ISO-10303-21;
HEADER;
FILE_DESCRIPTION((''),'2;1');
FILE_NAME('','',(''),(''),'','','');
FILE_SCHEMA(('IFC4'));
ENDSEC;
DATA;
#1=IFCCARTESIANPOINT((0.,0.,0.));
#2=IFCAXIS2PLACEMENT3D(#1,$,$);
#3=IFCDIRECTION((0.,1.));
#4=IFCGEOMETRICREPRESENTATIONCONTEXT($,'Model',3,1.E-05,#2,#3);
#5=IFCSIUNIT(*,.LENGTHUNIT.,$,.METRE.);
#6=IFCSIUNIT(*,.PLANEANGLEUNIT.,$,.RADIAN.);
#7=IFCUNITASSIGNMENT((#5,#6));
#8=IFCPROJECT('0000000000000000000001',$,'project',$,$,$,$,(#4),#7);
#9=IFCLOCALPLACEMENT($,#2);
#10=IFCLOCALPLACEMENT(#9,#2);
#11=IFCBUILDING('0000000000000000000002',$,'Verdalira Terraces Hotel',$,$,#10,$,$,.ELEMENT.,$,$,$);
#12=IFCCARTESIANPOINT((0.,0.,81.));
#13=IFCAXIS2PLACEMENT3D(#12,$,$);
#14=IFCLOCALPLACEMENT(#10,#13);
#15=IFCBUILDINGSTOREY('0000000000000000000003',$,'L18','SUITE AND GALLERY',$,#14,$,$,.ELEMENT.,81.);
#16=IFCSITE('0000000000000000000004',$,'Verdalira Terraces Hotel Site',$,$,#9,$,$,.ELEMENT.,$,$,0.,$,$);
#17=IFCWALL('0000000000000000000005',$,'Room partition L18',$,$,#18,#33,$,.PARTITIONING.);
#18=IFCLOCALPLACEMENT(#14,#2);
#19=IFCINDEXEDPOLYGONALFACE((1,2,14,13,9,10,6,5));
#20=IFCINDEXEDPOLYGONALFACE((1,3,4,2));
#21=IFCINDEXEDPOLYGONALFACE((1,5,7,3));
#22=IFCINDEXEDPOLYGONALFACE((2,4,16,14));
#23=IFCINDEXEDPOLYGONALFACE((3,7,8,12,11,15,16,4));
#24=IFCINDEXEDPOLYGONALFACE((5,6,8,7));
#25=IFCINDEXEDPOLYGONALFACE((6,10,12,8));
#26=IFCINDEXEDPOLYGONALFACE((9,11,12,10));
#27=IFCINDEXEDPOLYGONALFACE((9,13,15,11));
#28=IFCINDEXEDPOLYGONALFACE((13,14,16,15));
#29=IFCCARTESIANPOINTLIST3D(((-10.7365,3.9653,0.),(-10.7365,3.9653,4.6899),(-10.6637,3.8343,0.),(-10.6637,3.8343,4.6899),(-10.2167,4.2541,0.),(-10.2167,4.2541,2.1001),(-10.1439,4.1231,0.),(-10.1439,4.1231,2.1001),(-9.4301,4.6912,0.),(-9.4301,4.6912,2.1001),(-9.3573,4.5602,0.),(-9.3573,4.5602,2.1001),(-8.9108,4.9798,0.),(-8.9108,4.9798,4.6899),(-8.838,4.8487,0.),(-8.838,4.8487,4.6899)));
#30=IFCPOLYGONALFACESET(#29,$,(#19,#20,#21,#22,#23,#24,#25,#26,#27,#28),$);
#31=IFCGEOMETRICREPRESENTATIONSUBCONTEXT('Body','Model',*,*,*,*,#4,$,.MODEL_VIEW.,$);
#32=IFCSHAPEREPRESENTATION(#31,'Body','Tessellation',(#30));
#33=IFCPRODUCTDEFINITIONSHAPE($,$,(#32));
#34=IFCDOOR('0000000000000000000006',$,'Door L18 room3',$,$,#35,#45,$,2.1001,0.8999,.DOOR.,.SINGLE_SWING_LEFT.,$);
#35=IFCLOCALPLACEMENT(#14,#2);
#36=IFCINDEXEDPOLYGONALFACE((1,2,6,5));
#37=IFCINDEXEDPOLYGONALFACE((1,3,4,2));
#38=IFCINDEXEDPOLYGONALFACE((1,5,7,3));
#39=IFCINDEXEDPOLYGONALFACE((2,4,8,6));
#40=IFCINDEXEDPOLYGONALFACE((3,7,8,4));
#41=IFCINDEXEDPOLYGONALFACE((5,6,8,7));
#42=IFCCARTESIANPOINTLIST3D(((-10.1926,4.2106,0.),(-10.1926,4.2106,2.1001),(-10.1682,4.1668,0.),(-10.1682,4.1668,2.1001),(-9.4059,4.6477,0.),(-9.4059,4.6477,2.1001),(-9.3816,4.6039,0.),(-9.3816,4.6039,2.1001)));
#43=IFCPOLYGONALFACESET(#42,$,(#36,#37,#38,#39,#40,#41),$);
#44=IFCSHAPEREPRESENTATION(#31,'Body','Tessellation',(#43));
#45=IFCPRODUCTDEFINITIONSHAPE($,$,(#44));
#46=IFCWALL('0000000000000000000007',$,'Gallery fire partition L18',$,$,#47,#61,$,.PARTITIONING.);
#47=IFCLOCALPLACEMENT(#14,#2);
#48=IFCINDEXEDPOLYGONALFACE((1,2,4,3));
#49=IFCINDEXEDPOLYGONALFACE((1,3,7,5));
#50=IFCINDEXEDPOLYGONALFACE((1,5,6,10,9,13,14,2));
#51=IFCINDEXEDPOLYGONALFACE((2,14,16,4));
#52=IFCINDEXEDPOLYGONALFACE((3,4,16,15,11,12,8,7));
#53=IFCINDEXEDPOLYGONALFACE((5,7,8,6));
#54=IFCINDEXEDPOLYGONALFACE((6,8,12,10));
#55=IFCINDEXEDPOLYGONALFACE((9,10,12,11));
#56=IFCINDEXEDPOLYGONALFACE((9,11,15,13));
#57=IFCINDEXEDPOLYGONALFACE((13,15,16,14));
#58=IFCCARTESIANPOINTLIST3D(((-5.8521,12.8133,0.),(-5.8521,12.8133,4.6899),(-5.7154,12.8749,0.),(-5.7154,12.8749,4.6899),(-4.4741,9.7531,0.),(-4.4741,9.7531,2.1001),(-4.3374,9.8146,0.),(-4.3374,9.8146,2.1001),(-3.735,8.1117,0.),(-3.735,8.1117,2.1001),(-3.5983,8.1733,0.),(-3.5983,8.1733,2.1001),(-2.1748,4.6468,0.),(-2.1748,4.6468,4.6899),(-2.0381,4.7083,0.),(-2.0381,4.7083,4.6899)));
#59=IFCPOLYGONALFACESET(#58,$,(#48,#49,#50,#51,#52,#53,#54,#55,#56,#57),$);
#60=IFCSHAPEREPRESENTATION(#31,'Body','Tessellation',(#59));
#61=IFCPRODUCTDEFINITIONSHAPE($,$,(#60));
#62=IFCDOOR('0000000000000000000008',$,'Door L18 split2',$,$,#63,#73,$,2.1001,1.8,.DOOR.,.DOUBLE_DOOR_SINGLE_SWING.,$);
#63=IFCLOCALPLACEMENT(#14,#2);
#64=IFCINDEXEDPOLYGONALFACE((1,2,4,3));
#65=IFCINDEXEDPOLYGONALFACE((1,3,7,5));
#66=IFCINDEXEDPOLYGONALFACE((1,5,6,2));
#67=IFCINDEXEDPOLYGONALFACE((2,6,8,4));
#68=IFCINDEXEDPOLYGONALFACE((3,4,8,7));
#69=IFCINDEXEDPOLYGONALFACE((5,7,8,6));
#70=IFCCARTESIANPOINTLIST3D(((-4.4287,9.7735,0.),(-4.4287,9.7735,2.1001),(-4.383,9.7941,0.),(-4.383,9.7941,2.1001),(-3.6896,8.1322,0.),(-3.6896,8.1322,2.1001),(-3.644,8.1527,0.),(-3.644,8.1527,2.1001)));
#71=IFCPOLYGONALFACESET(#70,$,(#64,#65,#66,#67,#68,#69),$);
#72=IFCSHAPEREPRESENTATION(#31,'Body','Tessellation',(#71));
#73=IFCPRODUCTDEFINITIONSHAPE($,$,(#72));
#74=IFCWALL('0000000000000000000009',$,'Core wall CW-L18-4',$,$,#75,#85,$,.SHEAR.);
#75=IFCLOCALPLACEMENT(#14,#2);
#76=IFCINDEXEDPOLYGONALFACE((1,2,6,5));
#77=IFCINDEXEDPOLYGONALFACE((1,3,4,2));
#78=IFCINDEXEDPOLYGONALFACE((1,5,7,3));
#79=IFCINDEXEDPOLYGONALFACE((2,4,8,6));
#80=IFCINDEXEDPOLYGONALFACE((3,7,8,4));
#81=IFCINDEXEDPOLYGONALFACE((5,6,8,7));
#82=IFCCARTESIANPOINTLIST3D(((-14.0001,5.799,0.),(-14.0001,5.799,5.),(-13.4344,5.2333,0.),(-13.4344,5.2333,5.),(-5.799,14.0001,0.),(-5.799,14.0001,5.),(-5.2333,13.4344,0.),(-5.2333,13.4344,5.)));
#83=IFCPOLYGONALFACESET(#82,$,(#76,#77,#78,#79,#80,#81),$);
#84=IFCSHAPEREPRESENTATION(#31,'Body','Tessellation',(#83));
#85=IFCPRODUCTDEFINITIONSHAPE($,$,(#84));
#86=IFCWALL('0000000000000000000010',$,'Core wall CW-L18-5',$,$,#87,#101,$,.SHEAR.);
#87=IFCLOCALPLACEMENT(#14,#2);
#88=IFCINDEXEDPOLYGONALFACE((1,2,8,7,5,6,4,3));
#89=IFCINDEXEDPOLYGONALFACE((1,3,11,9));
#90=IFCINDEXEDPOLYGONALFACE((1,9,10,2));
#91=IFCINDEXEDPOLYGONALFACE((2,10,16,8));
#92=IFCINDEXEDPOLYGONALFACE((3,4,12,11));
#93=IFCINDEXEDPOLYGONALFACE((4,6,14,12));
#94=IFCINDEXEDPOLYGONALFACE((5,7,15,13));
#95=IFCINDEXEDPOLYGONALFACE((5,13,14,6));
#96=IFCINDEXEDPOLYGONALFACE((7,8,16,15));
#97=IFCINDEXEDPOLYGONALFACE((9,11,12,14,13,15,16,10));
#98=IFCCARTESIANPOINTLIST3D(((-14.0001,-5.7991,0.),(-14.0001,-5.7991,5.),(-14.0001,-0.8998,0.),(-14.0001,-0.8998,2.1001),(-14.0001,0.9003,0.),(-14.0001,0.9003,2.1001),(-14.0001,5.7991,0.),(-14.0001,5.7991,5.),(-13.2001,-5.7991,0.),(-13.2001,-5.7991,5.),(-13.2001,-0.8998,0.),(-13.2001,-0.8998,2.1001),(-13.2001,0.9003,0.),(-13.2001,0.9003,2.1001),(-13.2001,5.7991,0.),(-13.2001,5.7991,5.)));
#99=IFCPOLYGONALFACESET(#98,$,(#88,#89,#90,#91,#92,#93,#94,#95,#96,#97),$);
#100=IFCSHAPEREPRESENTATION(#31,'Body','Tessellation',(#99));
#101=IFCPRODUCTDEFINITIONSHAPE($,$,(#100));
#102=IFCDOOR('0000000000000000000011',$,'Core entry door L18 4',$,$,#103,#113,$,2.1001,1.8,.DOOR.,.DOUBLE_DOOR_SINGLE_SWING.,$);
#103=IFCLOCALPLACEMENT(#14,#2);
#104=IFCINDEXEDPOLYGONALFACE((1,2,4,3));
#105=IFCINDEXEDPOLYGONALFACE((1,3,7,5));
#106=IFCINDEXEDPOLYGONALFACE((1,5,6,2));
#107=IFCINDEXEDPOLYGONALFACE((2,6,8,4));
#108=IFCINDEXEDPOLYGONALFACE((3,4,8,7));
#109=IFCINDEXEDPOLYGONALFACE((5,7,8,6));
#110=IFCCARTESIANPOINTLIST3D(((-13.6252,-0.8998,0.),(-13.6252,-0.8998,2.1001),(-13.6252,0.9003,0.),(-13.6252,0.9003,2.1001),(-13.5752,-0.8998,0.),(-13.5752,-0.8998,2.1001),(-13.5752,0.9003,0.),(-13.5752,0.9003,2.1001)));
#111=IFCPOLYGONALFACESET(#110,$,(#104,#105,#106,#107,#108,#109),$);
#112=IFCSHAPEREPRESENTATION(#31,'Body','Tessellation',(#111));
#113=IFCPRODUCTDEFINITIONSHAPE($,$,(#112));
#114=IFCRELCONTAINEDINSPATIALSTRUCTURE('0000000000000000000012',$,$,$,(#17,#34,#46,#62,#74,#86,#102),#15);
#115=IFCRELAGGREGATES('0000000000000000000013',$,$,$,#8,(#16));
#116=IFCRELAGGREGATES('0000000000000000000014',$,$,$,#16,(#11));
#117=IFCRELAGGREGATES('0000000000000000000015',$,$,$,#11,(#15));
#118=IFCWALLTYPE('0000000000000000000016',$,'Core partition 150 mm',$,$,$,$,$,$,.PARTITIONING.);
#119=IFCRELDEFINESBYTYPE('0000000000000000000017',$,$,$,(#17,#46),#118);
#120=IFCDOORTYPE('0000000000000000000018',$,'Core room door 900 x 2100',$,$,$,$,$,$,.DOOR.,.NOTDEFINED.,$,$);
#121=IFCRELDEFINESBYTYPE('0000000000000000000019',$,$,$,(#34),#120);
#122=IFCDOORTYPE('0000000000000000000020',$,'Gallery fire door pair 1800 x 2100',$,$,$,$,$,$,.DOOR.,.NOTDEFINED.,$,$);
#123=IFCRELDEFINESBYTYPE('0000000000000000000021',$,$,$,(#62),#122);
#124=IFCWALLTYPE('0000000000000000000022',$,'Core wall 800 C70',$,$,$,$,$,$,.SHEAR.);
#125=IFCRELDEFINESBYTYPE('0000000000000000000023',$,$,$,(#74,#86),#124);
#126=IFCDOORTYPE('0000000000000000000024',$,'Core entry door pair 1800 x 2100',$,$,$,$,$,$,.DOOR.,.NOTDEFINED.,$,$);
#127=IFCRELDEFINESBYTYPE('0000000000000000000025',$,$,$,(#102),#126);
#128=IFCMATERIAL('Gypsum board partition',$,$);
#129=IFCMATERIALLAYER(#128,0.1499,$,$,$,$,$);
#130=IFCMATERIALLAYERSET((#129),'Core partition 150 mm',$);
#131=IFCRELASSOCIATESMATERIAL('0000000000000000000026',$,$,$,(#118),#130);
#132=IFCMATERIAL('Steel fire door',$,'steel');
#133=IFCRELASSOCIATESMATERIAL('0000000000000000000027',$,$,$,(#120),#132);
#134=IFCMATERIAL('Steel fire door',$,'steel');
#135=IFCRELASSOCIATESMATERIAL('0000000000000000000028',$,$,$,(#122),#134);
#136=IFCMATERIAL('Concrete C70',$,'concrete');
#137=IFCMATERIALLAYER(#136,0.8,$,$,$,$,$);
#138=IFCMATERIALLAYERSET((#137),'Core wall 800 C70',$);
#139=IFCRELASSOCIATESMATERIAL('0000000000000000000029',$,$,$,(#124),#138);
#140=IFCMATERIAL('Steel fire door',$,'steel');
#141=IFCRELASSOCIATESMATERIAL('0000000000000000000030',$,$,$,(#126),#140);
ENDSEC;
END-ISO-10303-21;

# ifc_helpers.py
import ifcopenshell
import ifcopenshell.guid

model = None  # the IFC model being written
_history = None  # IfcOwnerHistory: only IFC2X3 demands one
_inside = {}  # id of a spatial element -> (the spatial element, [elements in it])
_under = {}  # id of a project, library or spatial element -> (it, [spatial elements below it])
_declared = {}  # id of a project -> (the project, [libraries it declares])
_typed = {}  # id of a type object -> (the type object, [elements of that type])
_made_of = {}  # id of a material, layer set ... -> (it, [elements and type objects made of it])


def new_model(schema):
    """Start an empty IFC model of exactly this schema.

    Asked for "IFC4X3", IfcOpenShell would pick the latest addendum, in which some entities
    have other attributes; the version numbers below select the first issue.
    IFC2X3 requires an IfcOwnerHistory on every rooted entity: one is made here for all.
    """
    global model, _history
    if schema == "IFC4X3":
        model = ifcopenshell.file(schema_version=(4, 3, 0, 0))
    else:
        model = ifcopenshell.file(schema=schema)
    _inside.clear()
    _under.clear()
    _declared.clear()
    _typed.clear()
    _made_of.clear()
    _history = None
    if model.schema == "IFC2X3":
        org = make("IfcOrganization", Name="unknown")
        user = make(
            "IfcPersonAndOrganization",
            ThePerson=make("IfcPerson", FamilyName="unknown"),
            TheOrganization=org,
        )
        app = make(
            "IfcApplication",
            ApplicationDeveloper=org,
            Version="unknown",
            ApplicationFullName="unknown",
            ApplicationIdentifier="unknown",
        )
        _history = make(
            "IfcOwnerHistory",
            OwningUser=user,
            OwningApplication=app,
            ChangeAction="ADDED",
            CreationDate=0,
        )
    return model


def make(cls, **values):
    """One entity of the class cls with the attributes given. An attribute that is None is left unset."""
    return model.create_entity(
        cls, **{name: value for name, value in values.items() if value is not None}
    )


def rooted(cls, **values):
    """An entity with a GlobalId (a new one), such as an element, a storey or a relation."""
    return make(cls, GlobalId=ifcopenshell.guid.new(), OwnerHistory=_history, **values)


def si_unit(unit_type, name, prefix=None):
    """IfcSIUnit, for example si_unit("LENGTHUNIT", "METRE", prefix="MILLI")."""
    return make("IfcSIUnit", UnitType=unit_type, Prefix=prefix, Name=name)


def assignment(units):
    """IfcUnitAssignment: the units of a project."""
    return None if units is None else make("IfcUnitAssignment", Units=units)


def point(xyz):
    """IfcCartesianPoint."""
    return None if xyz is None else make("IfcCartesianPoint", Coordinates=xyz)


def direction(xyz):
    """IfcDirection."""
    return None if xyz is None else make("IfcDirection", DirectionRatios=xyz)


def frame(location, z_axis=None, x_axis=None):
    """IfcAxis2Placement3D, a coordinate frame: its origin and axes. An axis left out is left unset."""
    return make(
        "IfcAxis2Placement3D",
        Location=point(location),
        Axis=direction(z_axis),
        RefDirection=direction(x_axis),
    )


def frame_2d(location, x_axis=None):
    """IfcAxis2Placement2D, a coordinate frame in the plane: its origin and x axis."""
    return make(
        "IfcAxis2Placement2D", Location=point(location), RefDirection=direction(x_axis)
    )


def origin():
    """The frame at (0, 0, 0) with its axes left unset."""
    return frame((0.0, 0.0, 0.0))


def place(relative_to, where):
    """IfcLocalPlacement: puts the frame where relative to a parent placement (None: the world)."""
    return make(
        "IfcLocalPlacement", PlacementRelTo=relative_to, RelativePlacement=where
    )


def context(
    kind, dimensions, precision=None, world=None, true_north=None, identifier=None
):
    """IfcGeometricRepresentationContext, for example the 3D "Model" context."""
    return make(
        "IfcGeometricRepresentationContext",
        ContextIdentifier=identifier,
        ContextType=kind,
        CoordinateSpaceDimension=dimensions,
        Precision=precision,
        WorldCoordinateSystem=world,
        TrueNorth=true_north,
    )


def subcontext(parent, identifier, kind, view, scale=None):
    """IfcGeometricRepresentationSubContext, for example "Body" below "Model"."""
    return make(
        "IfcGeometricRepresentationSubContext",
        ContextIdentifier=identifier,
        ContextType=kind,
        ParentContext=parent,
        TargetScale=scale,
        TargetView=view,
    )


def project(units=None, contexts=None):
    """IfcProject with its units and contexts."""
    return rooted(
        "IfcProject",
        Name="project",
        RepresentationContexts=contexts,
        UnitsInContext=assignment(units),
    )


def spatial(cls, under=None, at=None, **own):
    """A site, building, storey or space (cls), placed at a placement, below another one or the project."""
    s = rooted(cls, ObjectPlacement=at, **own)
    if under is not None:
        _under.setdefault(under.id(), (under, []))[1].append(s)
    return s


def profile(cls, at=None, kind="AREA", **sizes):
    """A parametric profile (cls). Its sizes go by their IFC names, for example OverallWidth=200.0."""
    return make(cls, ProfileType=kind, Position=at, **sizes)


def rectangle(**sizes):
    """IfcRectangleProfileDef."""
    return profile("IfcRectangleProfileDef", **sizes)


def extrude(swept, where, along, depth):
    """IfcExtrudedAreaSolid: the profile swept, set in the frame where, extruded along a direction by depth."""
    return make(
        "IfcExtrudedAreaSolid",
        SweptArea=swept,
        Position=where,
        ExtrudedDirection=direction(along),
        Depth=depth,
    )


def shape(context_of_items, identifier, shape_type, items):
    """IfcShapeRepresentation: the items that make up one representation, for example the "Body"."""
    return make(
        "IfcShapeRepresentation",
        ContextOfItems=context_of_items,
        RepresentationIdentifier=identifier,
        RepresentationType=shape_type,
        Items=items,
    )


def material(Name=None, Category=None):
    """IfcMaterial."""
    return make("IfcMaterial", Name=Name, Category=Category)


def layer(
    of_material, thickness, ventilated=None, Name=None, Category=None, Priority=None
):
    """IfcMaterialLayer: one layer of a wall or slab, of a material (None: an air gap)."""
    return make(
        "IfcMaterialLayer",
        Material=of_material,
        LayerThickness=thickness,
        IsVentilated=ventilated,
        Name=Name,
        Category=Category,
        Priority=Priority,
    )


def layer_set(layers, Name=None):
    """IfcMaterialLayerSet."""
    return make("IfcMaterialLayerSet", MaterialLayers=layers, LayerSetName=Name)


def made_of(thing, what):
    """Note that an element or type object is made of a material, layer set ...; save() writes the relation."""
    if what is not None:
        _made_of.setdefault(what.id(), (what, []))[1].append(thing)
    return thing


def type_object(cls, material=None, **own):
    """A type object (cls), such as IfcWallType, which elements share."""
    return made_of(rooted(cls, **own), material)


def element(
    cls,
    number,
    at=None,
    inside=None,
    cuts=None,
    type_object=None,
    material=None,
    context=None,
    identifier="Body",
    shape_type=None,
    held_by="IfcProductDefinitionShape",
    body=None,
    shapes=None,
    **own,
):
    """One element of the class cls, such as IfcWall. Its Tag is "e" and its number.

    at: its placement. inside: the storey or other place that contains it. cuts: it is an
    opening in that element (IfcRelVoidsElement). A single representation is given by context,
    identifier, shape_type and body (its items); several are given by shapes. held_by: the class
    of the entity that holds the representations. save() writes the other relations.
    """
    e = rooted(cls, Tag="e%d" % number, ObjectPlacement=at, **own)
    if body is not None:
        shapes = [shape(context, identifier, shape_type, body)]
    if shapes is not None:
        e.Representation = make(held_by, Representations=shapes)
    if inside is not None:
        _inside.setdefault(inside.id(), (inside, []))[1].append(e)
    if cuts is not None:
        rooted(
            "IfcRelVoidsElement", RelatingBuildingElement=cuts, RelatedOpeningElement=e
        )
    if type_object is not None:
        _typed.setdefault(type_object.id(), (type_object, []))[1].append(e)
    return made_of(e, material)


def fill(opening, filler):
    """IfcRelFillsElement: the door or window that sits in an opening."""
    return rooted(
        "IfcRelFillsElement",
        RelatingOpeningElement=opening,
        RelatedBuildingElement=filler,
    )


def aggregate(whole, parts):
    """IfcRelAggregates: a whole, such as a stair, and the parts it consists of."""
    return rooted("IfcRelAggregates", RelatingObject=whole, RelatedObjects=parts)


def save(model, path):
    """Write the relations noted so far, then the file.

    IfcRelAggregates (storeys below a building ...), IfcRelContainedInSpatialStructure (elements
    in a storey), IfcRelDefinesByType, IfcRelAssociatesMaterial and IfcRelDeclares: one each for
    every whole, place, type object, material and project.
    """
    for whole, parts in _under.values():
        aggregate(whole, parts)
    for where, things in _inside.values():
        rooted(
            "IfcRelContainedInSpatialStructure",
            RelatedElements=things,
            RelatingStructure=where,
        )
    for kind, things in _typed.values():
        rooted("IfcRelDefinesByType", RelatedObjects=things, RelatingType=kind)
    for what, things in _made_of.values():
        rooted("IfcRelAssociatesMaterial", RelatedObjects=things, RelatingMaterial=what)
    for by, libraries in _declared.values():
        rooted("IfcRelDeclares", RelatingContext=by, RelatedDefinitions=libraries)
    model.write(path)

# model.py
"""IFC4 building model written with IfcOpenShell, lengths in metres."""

from ifc_helpers import new_model, si_unit, direction, frame, frame_2d, origin, place, context, subcontext, project, spatial, rectangle, extrude, material, layer, layer_set, type_object, element, fill, save


model = new_model("IFC4")

# Units and contexts
model_context = context("Model", 3, precision=1e-05, world=origin(), true_north=direction((0.0, 1.0)))
body_context = subcontext(model_context, "Body", "Model", "MODEL_VIEW")
ifc_project = project(units=[si_unit("LENGTHUNIT", "METRE"), si_unit("PLANEANGLEUNIT", "RADIAN")], contexts=[model_context])

# Site, building, storey
site_placement = place(None, origin())
site = spatial("IfcSite", under=ifc_project, at=site_placement, Name="Verdalira Terraces Hotel Site", CompositionType="ELEMENT", RefElevation=0.0)
building_placement = place(site_placement, origin())
building = spatial("IfcBuilding", under=site, at=building_placement, Name="Verdalira Terraces Hotel", CompositionType="ELEMENT")
storey_placement = place(building_placement, frame((0.0, 0.0, 81.0)))
storey = spatial("IfcBuildingStorey", under=building, at=storey_placement, Name="L18", Description="SUITE AND GALLERY", CompositionType="ELEMENT", Elevation=81.0)

# Walls, openings, doors
ifc_material_1 = material(Name="Gypsum board partition")
ifc_layer_1 = layer(ifc_material_1, 0.1499)
ifc_layer_set_1 = layer_set([ifc_layer_1], Name="Core partition 150 mm")
wall_type_1 = type_object("IfcWallType", Name="Core partition 150 mm", PredefinedType="PARTITIONING", material=ifc_layer_set_1)
wall_1_placement = place(storey_placement, frame((-8.8743, 4.9143, 0.0), z_axis=(0.0, 0.0, 1.0), x_axis=(-0.87413, -0.485693, 0.0)))
wall_1 = element("IfcWall", 1, at=wall_1_placement, inside=storey, type_object=wall_type_1, Name="Room partition L18", PredefinedType="PARTITIONING", context=body_context, shape_type="SweptSolid", body=[
    extrude(rectangle(XDim=2.0886, YDim=0.1499, at=frame_2d((1.0444, 0.0))), origin(), (0.0, 0.0, 1.0), 4.6899),
])
opening_1_placement = place(wall_1_placement, frame((0.5942, 0.0, 0.0)))
opening_1 = element("IfcOpeningElement", 2, at=opening_1_placement, cuts=wall_1, PredefinedType="OPENING", context=body_context, shape_type="SweptSolid", body=[
    extrude(rectangle(XDim=0.8999, YDim=2.1001, at=frame_2d((0.45, 1.05))), frame((0.0, 0.085, 0.0), z_axis=(0.0, -1.0, 0.0), x_axis=(1.0, 0.0, 0.0)), (0.0, 0.0, 1.0), 0.1699),
])
ifc_material_2 = material(Name="Steel fire door", Category="steel")
door_type_1 = type_object("IfcDoorType", Name="Core room door 900 x 2100", OperationType="NOTDEFINED", PredefinedType="DOOR", material=ifc_material_2)
door_1_placement = place(opening_1_placement, origin())
door_1 = element("IfcDoor", 3, at=door_1_placement, inside=storey, type_object=door_type_1, Name="Door L18 room3", OperationType="SINGLE_SWING_LEFT", OverallHeight=2.1001, OverallWidth=0.8999, PredefinedType="DOOR", context=body_context, shape_type="SweptSolid", body=[
    extrude(rectangle(XDim=0.8999, YDim=2.1001, at=frame_2d((0.45, 1.05))), frame((0.0, 0.0249, 0.0), z_axis=(0.0, -1.0, 0.0), x_axis=(1.0, 0.0, 0.0)), (0.0, 0.0, 1.0), 0.05),
])
fill(opening_1, door_1)
wall_2_placement = place(storey_placement, frame((-5.7837, 12.844, 0.0), z_axis=(0.0, 0.0, 1.0), x_axis=(0.41058, -0.911825, 0.0)))
wall_2 = element("IfcWall", 4, at=wall_2_placement, inside=storey, type_object=wall_type_1, Name="Gallery fire partition L18", PredefinedType="PARTITIONING", context=body_context, shape_type="SweptSolid", body=[
    extrude(rectangle(XDim=8.9563, YDim=0.1499, at=frame_2d((4.478, 0.0))), origin(), (0.0, 0.0, 1.0), 4.6899),
])
opening_2_placement = place(wall_2_placement, frame((3.3562, 0.0, 0.0)))
opening_2 = element("IfcOpeningElement", 5, at=opening_2_placement, cuts=wall_2, PredefinedType="OPENING", context=body_context, shape_type="SweptSolid", body=[
    extrude(rectangle(XDim=1.8, YDim=2.1001, at=frame_2d((0.8999, 1.05))), frame((0.0, 0.085, 0.0), z_axis=(0.0, -1.0, 0.0), x_axis=(1.0, 0.0, 0.0)), (0.0, 0.0, 1.0), 0.1699),
])
ifc_material_3 = material(Name="Steel fire door", Category="steel")
door_type_2 = type_object("IfcDoorType", Name="Gallery fire door pair 1800 x 2100", OperationType="NOTDEFINED", PredefinedType="DOOR", material=ifc_material_3)
door_2_placement = place(opening_2_placement, origin())
door_2 = element("IfcDoor", 6, at=door_2_placement, inside=storey, type_object=door_type_2, Name="Door L18 split2", OperationType="DOUBLE_DOOR_SINGLE_SWING", OverallHeight=2.1001, OverallWidth=1.8, PredefinedType="DOOR", context=body_context, shape_type="SweptSolid", body=[
    extrude(rectangle(XDim=1.8, YDim=2.1001, at=frame_2d((0.8999, 1.05))), frame((0.0, 0.0249, 0.0), z_axis=(0.0, -1.0, 0.0), x_axis=(1.0, 0.0, 0.0)), (0.0, 0.0, 1.0), 0.05),
])
fill(opening_2, door_2)

# Wall
ifc_material_4 = material(Name="Concrete C70", Category="concrete")
ifc_layer_2 = layer(ifc_material_4, 0.8)
ifc_layer_set_2 = layer_set([ifc_layer_2], Name="Core wall 800 C70")
wall_type_2 = type_object("IfcWallType", Name="Core wall 800 C70", PredefinedType="SHEAR", material=ifc_layer_set_2)
wall_3_placement = place(storey_placement, frame((-5.5161, 13.7173, 0.0), z_axis=(0.0, 0.0, 1.0), x_axis=(-0.707107, -0.707107, 0.0)))
element("IfcWall", 7, at=wall_3_placement, inside=storey, type_object=wall_type_2, Name="Core wall CW-L18-4", PredefinedType="SHEAR", context=body_context, shape_type="SweptSolid", body=[
    extrude(rectangle(XDim=11.5981, YDim=0.8, at=frame_2d((5.7991, 0.0))), origin(), (0.0, 0.0, 1.0), 5.0),
])

# Wall, opening, door
wall_4_placement = place(storey_placement, frame((-13.6001, 5.7991, 0.0), z_axis=(0.0, 0.0, 1.0), x_axis=(0.0, -1.0, 0.0)))
wall_4 = element("IfcWall", 8, at=wall_4_placement, inside=storey, type_object=wall_type_2, Name="Core wall CW-L18-5", PredefinedType="SHEAR", context=body_context, shape_type="SweptSolid", body=[
    extrude(rectangle(XDim=11.5981, YDim=0.8, at=frame_2d((5.7991, 0.0))), origin(), (0.0, 0.0, 1.0), 5.0),
])
opening_3_placement = place(wall_4_placement, frame((4.8989, 0.0, 0.0)))
opening_3 = element("IfcOpeningElement", 9, at=opening_3_placement, cuts=wall_4, PredefinedType="OPENING", context=body_context, shape_type="SweptSolid", body=[
    extrude(rectangle(XDim=1.8, YDim=2.1001, at=frame_2d((0.8999, 1.05))), frame((0.0, 0.4099, 0.0), z_axis=(0.0, -1.0, 0.0), x_axis=(1.0, 0.0, 0.0)), (0.0, 0.0, 1.0), 0.8201),
])
ifc_material_5 = material(Name="Steel fire door", Category="steel")
door_type_3 = type_object("IfcDoorType", Name="Core entry door pair 1800 x 2100", OperationType="NOTDEFINED", PredefinedType="DOOR", material=ifc_material_5)
door_3_placement = place(opening_3_placement, origin())
door_3 = element("IfcDoor", 10, at=door_3_placement, inside=storey, type_object=door_type_3, Name="Core entry door L18 4", OperationType="DOUBLE_DOOR_SINGLE_SWING", OverallHeight=2.1001, OverallWidth=1.8, PredefinedType="DOOR", context=body_context, shape_type="SweptSolid", body=[
    extrude(rectangle(XDim=1.8, YDim=2.1001, at=frame_2d((0.8999, 1.05))), frame((0.0, 0.0249, 0.0), z_axis=(0.0, -1.0, 0.0), x_axis=(1.0, 0.0, 0.0)), (0.0, 0.0, 1.0), 0.05),
])
fill(opening_3, door_3)

save(model, "model.ifc")
